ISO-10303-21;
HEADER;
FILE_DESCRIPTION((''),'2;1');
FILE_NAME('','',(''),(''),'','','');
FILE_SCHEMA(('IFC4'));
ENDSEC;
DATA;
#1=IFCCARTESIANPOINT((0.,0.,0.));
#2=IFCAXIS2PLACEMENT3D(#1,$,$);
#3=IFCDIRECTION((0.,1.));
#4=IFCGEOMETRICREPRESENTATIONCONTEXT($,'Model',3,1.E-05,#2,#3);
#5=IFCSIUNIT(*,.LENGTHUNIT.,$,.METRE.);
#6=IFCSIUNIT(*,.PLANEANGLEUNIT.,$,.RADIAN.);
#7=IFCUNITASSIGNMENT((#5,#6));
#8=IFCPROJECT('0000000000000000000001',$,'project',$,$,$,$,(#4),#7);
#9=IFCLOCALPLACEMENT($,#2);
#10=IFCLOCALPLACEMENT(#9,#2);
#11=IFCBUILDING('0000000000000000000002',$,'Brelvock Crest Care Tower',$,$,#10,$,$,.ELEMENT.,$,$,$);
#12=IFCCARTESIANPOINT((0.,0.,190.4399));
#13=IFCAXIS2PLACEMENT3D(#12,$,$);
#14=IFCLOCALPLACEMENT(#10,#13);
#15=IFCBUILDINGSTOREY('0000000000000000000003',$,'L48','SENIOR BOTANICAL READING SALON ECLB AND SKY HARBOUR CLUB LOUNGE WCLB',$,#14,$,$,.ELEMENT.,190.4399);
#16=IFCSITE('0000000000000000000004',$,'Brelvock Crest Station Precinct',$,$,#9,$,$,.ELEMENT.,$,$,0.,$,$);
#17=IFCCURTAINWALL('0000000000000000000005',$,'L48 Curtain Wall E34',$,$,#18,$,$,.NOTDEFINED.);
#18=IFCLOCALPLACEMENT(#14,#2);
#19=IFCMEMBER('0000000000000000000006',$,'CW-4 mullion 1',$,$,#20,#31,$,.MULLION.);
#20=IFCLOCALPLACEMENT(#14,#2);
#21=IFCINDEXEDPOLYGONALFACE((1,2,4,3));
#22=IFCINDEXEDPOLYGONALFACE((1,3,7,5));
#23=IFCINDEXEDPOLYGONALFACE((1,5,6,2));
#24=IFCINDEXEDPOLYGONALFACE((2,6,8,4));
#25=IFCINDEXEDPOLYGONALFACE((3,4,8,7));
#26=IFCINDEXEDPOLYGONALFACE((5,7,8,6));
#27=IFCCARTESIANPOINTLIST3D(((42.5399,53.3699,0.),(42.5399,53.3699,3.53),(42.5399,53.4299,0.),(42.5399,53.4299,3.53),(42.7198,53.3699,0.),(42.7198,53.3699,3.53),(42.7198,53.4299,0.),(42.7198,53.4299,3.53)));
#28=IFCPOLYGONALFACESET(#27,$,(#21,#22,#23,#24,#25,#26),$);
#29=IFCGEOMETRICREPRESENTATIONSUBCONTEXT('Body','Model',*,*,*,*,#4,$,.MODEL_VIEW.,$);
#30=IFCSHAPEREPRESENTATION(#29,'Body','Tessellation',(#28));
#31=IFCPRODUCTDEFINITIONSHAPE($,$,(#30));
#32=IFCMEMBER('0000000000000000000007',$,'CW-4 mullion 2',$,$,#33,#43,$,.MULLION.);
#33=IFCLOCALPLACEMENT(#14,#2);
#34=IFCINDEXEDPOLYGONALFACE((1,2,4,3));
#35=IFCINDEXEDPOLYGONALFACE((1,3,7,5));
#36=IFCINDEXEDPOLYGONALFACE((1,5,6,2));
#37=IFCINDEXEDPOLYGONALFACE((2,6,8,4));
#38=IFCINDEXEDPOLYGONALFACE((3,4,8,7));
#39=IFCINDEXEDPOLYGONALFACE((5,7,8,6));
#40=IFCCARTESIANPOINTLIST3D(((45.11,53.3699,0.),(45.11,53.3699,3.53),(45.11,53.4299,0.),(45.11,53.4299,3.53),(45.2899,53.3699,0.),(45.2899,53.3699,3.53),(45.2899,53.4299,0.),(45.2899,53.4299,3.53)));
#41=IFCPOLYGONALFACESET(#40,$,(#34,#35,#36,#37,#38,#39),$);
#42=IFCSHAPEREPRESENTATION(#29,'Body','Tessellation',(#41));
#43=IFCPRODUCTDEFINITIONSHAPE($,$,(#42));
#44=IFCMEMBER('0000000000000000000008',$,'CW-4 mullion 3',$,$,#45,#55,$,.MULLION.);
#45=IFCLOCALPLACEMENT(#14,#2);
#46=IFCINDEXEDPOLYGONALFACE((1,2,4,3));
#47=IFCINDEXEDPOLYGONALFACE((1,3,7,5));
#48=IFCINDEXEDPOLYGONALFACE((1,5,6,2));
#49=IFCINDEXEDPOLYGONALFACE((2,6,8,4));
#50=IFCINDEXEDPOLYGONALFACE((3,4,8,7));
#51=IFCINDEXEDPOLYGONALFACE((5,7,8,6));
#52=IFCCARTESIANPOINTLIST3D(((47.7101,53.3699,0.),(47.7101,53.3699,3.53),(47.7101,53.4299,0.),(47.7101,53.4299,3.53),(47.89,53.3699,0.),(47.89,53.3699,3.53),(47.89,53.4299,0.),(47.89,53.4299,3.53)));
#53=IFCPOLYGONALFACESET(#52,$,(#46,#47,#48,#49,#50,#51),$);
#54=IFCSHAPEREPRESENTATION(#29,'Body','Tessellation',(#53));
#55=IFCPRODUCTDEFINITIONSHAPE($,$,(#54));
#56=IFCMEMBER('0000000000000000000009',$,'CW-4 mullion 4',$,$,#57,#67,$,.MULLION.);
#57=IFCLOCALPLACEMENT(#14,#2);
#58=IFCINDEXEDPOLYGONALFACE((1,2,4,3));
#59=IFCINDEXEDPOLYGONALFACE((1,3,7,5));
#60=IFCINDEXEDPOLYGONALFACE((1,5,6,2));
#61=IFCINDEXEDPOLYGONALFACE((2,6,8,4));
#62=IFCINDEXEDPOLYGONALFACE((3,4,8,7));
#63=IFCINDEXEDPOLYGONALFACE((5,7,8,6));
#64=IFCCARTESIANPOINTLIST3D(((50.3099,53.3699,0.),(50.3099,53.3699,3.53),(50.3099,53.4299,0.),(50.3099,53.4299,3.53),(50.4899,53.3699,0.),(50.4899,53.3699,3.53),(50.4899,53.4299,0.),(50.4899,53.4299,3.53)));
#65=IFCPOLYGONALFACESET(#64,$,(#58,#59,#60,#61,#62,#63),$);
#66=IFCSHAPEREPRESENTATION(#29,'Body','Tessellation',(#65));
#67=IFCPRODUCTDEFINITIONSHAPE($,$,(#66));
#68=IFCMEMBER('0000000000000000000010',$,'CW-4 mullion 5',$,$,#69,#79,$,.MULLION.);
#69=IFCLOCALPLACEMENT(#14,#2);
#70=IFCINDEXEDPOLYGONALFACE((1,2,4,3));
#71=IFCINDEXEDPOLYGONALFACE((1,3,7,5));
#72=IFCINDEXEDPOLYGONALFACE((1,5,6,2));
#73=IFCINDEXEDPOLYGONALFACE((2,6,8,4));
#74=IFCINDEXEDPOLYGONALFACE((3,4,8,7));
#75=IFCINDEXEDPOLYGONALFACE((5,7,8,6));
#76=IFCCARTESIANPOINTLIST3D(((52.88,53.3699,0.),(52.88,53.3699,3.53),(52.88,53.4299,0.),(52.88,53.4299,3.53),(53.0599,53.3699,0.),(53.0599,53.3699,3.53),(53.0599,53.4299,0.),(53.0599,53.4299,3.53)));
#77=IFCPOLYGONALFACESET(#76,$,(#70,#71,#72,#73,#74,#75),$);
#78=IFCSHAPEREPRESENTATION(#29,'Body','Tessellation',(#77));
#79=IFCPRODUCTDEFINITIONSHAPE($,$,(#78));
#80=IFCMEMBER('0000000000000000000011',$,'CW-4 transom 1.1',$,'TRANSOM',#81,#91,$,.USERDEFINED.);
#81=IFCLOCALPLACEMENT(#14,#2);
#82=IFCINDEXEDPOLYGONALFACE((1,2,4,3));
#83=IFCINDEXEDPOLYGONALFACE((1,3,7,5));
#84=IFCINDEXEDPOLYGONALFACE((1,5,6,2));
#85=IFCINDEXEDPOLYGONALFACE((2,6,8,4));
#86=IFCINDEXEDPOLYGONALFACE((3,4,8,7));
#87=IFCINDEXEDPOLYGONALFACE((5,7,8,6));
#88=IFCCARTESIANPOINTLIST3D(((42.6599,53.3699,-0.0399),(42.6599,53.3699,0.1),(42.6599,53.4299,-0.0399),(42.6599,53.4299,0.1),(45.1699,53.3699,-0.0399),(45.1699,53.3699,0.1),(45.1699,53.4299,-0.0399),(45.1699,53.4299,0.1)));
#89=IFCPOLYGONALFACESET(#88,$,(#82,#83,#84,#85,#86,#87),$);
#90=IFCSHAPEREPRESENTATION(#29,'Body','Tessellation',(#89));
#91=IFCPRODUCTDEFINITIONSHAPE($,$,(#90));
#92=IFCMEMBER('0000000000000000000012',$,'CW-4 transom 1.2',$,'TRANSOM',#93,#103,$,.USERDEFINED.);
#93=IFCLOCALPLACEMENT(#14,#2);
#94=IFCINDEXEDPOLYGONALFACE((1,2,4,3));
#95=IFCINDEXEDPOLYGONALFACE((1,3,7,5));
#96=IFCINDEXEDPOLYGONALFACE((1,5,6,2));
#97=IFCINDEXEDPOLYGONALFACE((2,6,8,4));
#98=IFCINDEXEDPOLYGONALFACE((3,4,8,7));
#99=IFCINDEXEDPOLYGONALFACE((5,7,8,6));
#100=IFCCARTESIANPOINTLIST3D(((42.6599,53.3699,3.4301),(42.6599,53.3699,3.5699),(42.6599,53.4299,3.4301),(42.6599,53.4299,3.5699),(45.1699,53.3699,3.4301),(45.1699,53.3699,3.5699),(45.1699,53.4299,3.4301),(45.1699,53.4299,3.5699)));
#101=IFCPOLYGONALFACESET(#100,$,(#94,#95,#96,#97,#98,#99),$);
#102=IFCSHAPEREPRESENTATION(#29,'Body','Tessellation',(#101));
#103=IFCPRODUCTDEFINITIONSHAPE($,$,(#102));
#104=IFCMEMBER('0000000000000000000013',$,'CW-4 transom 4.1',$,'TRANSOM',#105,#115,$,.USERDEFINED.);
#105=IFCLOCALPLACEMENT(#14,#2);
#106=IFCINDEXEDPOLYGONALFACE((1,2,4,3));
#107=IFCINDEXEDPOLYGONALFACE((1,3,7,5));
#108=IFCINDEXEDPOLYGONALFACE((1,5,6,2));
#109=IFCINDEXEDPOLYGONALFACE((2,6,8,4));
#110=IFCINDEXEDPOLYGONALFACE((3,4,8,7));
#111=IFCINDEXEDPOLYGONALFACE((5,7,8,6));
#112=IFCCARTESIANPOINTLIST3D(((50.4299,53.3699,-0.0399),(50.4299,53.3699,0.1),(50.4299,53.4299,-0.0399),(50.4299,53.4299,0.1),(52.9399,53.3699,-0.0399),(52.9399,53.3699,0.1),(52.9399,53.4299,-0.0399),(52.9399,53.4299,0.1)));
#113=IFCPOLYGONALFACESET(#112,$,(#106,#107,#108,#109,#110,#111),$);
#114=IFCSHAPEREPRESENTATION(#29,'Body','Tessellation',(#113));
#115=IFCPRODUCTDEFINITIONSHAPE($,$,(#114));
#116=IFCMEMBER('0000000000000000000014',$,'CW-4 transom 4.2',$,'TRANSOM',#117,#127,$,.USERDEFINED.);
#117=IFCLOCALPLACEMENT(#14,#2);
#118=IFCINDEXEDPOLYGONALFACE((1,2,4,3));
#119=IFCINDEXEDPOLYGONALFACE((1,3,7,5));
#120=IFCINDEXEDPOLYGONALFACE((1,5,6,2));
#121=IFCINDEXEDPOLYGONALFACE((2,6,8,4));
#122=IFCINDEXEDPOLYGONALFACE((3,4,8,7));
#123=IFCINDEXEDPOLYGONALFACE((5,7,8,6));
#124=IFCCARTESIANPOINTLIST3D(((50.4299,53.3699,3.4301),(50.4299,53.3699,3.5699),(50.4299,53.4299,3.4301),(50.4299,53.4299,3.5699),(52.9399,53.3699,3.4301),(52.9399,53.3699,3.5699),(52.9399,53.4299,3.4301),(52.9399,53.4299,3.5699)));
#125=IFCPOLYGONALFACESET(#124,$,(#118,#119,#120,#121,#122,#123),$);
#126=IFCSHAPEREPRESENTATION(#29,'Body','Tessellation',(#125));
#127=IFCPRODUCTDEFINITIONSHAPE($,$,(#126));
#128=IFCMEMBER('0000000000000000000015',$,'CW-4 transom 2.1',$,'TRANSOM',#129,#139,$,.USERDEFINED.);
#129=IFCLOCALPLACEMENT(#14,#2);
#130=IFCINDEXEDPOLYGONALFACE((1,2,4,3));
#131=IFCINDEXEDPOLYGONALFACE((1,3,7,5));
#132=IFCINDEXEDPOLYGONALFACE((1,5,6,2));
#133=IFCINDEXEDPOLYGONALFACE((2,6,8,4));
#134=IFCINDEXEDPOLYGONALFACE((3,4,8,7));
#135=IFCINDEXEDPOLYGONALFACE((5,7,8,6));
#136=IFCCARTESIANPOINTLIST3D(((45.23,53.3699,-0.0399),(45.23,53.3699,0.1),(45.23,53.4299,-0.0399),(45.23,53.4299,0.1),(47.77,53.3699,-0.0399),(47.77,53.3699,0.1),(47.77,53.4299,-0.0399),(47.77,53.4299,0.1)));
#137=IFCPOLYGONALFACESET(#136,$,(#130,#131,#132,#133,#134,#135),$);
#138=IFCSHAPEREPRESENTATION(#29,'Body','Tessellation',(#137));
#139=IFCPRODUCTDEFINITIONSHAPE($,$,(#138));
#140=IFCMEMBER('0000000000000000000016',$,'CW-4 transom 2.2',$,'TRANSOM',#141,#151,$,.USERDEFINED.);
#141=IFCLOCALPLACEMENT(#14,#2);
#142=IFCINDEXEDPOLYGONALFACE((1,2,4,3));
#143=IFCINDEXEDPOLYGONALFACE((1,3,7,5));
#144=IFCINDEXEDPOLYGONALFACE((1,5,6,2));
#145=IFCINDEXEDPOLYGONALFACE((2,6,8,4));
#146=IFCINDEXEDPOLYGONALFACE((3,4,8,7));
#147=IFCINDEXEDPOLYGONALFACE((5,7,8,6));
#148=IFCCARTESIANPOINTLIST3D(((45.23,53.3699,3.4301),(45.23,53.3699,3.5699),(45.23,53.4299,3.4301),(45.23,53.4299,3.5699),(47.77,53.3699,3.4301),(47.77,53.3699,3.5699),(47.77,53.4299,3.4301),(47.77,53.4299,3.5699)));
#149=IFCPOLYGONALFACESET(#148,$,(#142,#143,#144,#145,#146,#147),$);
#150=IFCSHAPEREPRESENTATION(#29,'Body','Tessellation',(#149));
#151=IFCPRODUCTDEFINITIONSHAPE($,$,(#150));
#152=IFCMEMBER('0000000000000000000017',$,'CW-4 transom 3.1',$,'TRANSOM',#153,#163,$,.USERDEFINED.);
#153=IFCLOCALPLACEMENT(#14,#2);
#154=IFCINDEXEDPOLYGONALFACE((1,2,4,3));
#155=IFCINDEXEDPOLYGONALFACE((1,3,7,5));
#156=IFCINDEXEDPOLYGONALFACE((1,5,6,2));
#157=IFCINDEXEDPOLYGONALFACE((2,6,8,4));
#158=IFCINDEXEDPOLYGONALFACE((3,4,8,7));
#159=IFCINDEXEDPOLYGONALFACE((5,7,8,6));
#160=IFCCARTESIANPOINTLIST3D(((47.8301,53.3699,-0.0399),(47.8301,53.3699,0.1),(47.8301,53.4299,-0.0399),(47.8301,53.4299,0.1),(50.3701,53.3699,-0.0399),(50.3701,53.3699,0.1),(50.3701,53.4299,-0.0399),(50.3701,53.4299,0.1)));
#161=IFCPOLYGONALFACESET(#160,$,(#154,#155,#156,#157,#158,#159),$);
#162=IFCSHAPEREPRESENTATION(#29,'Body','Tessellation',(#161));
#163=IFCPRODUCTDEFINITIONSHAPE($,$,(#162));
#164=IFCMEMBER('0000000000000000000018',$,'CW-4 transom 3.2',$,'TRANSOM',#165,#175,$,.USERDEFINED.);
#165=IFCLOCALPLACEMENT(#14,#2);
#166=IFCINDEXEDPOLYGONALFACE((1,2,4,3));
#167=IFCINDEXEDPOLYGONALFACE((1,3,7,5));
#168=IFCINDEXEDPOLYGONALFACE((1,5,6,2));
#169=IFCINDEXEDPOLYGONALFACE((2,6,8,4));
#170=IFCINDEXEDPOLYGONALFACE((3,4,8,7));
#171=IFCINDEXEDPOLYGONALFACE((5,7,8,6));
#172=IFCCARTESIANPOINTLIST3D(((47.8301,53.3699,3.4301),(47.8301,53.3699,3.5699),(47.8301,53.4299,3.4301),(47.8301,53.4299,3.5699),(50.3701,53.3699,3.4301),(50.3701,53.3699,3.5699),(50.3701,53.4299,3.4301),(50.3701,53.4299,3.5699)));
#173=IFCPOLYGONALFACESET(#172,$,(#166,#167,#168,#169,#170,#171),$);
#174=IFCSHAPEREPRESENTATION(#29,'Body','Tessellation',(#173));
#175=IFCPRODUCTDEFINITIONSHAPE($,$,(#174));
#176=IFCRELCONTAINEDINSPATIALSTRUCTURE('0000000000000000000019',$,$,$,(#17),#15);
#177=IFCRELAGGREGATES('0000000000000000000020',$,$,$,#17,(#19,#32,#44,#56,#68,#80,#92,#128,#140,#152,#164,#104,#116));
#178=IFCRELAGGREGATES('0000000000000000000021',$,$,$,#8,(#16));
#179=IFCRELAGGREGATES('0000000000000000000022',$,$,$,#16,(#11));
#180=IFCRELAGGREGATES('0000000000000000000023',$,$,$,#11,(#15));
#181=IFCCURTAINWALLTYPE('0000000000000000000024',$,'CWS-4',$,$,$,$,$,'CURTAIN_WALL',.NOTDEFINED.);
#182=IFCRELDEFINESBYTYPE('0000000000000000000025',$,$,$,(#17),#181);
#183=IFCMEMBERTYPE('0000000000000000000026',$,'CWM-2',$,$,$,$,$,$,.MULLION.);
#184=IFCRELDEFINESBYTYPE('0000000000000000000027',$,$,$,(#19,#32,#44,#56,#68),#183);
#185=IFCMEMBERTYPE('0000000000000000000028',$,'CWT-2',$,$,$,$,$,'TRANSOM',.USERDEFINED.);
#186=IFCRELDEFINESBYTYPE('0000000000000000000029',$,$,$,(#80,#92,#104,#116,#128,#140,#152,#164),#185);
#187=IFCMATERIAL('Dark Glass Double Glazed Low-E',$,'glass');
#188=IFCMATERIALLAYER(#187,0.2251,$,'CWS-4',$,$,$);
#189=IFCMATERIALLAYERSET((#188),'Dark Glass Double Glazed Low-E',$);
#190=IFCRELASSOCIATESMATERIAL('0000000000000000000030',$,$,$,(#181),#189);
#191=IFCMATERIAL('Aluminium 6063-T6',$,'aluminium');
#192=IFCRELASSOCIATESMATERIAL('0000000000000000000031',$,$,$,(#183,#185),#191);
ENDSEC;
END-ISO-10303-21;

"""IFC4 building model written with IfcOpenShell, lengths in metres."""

from ifc_helpers import new_model, si_unit, direction, frame, origin, origin_2d, place, context, subcontext, project, spatial, rectangle, extrude, source, transform, mapped, material, layer, layer_set, material_profile, profile_set, type_object, element, aggregate, save


model = new_model("IFC4")

# Units and contexts
model_context = context("Model", 3, precision=1e-05, world=origin(), true_north=direction((0.0, 1.0)))
body_context = subcontext(model_context, "Body", "Model", "MODEL_VIEW")
ifc_project = project(units=[si_unit("LENGTHUNIT", "METRE"), si_unit("PLANEANGLEUNIT", "RADIAN")], contexts=[model_context])

# Site, building, storey
site_placement = place(None, origin())
site = spatial("IfcSite", under=ifc_project, at=site_placement, Name="Brelvock Crest Station Precinct", CompositionType="ELEMENT", RefElevation=0.0)
building_placement = place(site_placement, origin())
building = spatial("IfcBuilding", under=site, at=building_placement, Name="Brelvock Crest Care Tower", CompositionType="ELEMENT")
storey_placement = place(building_placement, frame((0.0, 0.0, 190.4399)))
storey = spatial("IfcBuildingStorey", under=building, at=storey_placement, Name="L48", Description="SENIOR BOTANICAL READING SALON ECLB AND SKY HARBOUR CLUB LOUNGE WCLB", CompositionType="ELEMENT", Elevation=190.4399)

# Curtain wall, members
ifc_material_1 = material(Name="Dark Glass Double Glazed Low-E", Category="glass")
ifc_layer_1 = layer(ifc_material_1, 0.2251, Name="CWS-4")
ifc_layer_set_1 = layer_set([ifc_layer_1], Name="Dark Glass Double Glazed Low-E")
curtain_wall_type = type_object("IfcCurtainWallType", Name="CWS-4", ElementType="CURTAIN_WALL", PredefinedType="NOTDEFINED", material=ifc_layer_set_1)
curtain_wall_placement = place(storey_placement, origin())
curtain_wall = element("IfcCurtainWall", 1, at=curtain_wall_placement, inside=storey, type_object=curtain_wall_type, Name="L48 Curtain Wall E34", PredefinedType="NOTDEFINED")
ifc_material_2 = material(Name="Aluminium 6063-T6", Category="aluminium")
ifc_material_profile_1 = material_profile(ifc_material_2, rectangle(XDim=0.0601, YDim=0.1799, at=origin_2d()), Name="ALU60x180")
ifc_profile_set_1 = profile_set([ifc_material_profile_1], Name="Aluminium 6063-T6")
member_type_1 = type_object("IfcMemberType", Name="CWM-2", PredefinedType="MULLION", material=ifc_profile_set_1)
shared_shape_1 = source(origin(), body_context, "Body", "SweptSolid", [
    extrude(rectangle(XDim=0.0601, YDim=0.1799, at=origin_2d()), origin(), (0.0, 0.0, 1.0), 3.53),
])
member_1_placement = place(storey_placement, frame((42.6299, 53.3999, 0.0), z_axis=(0.0, 0.0, 1.0), x_axis=(0.0, 1.0, 0.0)))
member_1 = element("IfcMember", 2, at=member_1_placement, type_object=member_type_1, Name="CW-4 mullion 1", PredefinedType="MULLION", context=body_context, shape_type="MappedRepresentation", body=[
    mapped(shared_shape_1, transform((0.0, 0.0, 0.0), x_axis=(1.0, 0.0, 0.0), y_axis=(0.0, 1.0, 0.0), z_axis=(0.0, 0.0, 1.0), scale=1.0)),
])
member_2_placement = place(storey_placement, frame((45.2, 53.3999, 0.0), z_axis=(0.0, 0.0, 1.0), x_axis=(0.0, 1.0, 0.0)))
member_2 = element("IfcMember", 3, at=member_2_placement, type_object=member_type_1, Name="CW-4 mullion 2", PredefinedType="MULLION", context=body_context, shape_type="MappedRepresentation", body=[
    mapped(shared_shape_1, transform((0.0, 0.0, 0.0), x_axis=(1.0, 0.0, 0.0), y_axis=(0.0, 1.0, 0.0), z_axis=(0.0, 0.0, 1.0), scale=1.0)),
])
member_3_placement = place(storey_placement, frame((47.8, 53.3999, 0.0), z_axis=(0.0, 0.0, 1.0), x_axis=(0.0, 1.0, 0.0)))
member_3 = element("IfcMember", 4, at=member_3_placement, type_object=member_type_1, Name="CW-4 mullion 3", PredefinedType="MULLION", context=body_context, shape_type="MappedRepresentation", body=[
    mapped(shared_shape_1, transform((0.0, 0.0, 0.0), x_axis=(1.0, 0.0, 0.0), y_axis=(0.0, 1.0, 0.0), z_axis=(0.0, 0.0, 1.0), scale=1.0)),
])
member_4_placement = place(storey_placement, frame((50.3999, 53.3999, 0.0), z_axis=(0.0, 0.0, 1.0), x_axis=(0.0, 1.0, 0.0)))
member_4 = element("IfcMember", 5, at=member_4_placement, type_object=member_type_1, Name="CW-4 mullion 4", PredefinedType="MULLION", context=body_context, shape_type="MappedRepresentation", body=[
    mapped(shared_shape_1, transform((0.0, 0.0, 0.0), x_axis=(1.0, 0.0, 0.0), y_axis=(0.0, 1.0, 0.0), z_axis=(0.0, 0.0, 1.0), scale=1.0)),
])
member_5_placement = place(storey_placement, frame((52.97, 53.3999, 0.0), z_axis=(0.0, 0.0, 1.0), x_axis=(0.0, 1.0, 0.0)))
member_5 = element("IfcMember", 6, at=member_5_placement, type_object=member_type_1, Name="CW-4 mullion 5", PredefinedType="MULLION", context=body_context, shape_type="MappedRepresentation", body=[
    mapped(shared_shape_1, transform((0.0, 0.0, 0.0), x_axis=(1.0, 0.0, 0.0), y_axis=(0.0, 1.0, 0.0), z_axis=(0.0, 0.0, 1.0), scale=1.0)),
])
ifc_material_profile_2 = material_profile(ifc_material_2, rectangle(XDim=0.0601, YDim=0.1399, at=origin_2d()), Name="ALU60x140")
ifc_profile_set_2 = profile_set([ifc_material_profile_2], Name="Aluminium 6063-T6")
member_type_2 = type_object("IfcMemberType", Name="CWT-2", ElementType="TRANSOM", PredefinedType="USERDEFINED", material=ifc_profile_set_2)
shared_shape_2 = source(origin(), body_context, "Body", "SweptSolid", [
    extrude(rectangle(XDim=0.0601, YDim=0.1399, at=origin_2d()), origin(), (0.0, 0.0, 1.0), 2.51),
])
member_6_placement = place(storey_placement, frame((42.6599, 53.3999, 0.03), z_axis=(1.0, 0.0, 0.0), x_axis=(0.0, 1.0, 0.0)))
member_6 = element("IfcMember", 7, at=member_6_placement, type_object=member_type_2, Name="CW-4 transom 1.1", ObjectType="TRANSOM", PredefinedType="USERDEFINED", context=body_context, shape_type="MappedRepresentation", body=[
    mapped(shared_shape_2, transform((0.0, 0.0, 0.0), x_axis=(1.0, 0.0, 0.0), y_axis=(0.0, 1.0, 0.0), z_axis=(0.0, 0.0, 1.0), scale=1.0)),
])
member_7_placement = place(storey_placement, frame((42.6599, 53.3999, 3.5), z_axis=(1.0, 0.0, 0.0), x_axis=(0.0, 1.0, 0.0)))
member_7 = element("IfcMember", 8, at=member_7_placement, type_object=member_type_2, Name="CW-4 transom 1.2", ObjectType="TRANSOM", PredefinedType="USERDEFINED", context=body_context, shape_type="MappedRepresentation", body=[
    mapped(shared_shape_2, transform((0.0, 0.0, 0.0), x_axis=(1.0, 0.0, 0.0), y_axis=(0.0, 1.0, 0.0), z_axis=(0.0, 0.0, 1.0), scale=1.0)),
])
member_8_placement = place(storey_placement, frame((50.4299, 53.3999, 0.03), z_axis=(1.0, 0.0, 0.0), x_axis=(0.0, 1.0, 0.0)))
member_8 = element("IfcMember", 9, at=member_8_placement, type_object=member_type_2, Name="CW-4 transom 4.1", ObjectType="TRANSOM", PredefinedType="USERDEFINED", context=body_context, shape_type="MappedRepresentation", body=[
    mapped(shared_shape_2, transform((0.0, 0.0, 0.0), x_axis=(1.0, 0.0, 0.0), y_axis=(0.0, 1.0, 0.0), z_axis=(0.0, 0.0, 1.0), scale=1.0)),
])
member_9_placement = place(storey_placement, frame((50.4299, 53.3999, 3.5), z_axis=(1.0, 0.0, 0.0), x_axis=(0.0, 1.0, 0.0)))
member_9 = element("IfcMember", 10, at=member_9_placement, type_object=member_type_2, Name="CW-4 transom 4.2", ObjectType="TRANSOM", PredefinedType="USERDEFINED", context=body_context, shape_type="MappedRepresentation", body=[
    mapped(shared_shape_2, transform((0.0, 0.0, 0.0), x_axis=(1.0, 0.0, 0.0), y_axis=(0.0, 1.0, 0.0), z_axis=(0.0, 0.0, 1.0), scale=1.0)),
])
shared_shape_3 = source(origin(), body_context, "Body", "SweptSolid", [
    extrude(rectangle(XDim=0.0601, YDim=0.1399, at=origin_2d()), origin(), (0.0, 0.0, 1.0), 2.54),
])
member_10_placement = place(storey_placement, frame((45.23, 53.3999, 0.03), z_axis=(1.0, 0.0, 0.0), x_axis=(0.0, 1.0, 0.0)))
member_10 = element("IfcMember", 11, at=member_10_placement, type_object=member_type_2, Name="CW-4 transom 2.1", ObjectType="TRANSOM", PredefinedType="USERDEFINED", context=body_context, shape_type="MappedRepresentation", body=[
    mapped(shared_shape_3, transform((0.0, 0.0, 0.0), x_axis=(1.0, 0.0, 0.0), y_axis=(0.0, 1.0, 0.0), z_axis=(0.0, 0.0, 1.0), scale=1.0)),
])
member_11_placement = place(storey_placement, frame((45.23, 53.3999, 3.5), z_axis=(1.0, 0.0, 0.0), x_axis=(0.0, 1.0, 0.0)))
member_11 = element("IfcMember", 12, at=member_11_placement, type_object=member_type_2, Name="CW-4 transom 2.2", ObjectType="TRANSOM", PredefinedType="USERDEFINED", context=body_context, shape_type="MappedRepresentation", body=[
    mapped(shared_shape_3, transform((0.0, 0.0, 0.0), x_axis=(1.0, 0.0, 0.0), y_axis=(0.0, 1.0, 0.0), z_axis=(0.0, 0.0, 1.0), scale=1.0)),
])
member_12_placement = place(storey_placement, frame((47.8301, 53.3999, 0.03), z_axis=(1.0, 0.0, 0.0), x_axis=(0.0, 1.0, 0.0)))
member_12 = element("IfcMember", 13, at=member_12_placement, type_object=member_type_2, Name="CW-4 transom 3.1", ObjectType="TRANSOM", PredefinedType="USERDEFINED", context=body_context, shape_type="MappedRepresentation", body=[
    mapped(shared_shape_3, transform((0.0, 0.0, 0.0), x_axis=(1.0, 0.0, 0.0), y_axis=(0.0, 1.0, 0.0), z_axis=(0.0, 0.0, 1.0), scale=1.0)),
])
member_13_placement = place(storey_placement, frame((47.8301, 53.3999, 3.5), z_axis=(1.0, 0.0, 0.0), x_axis=(0.0, 1.0, 0.0)))
member_13 = element("IfcMember", 14, at=member_13_placement, type_object=member_type_2, Name="CW-4 transom 3.2", ObjectType="TRANSOM", PredefinedType="USERDEFINED", context=body_context, shape_type="MappedRepresentation", body=[
    mapped(shared_shape_3, transform((0.0, 0.0, 0.0), x_axis=(1.0, 0.0, 0.0), y_axis=(0.0, 1.0, 0.0), z_axis=(0.0, 0.0, 1.0), scale=1.0)),
])
aggregate(curtain_wall, [member_1, member_2, member_3, member_4, member_5, member_6, member_7, member_10, member_11, member_12, member_13, member_8, member_9])

save(model, "model.ifc")
